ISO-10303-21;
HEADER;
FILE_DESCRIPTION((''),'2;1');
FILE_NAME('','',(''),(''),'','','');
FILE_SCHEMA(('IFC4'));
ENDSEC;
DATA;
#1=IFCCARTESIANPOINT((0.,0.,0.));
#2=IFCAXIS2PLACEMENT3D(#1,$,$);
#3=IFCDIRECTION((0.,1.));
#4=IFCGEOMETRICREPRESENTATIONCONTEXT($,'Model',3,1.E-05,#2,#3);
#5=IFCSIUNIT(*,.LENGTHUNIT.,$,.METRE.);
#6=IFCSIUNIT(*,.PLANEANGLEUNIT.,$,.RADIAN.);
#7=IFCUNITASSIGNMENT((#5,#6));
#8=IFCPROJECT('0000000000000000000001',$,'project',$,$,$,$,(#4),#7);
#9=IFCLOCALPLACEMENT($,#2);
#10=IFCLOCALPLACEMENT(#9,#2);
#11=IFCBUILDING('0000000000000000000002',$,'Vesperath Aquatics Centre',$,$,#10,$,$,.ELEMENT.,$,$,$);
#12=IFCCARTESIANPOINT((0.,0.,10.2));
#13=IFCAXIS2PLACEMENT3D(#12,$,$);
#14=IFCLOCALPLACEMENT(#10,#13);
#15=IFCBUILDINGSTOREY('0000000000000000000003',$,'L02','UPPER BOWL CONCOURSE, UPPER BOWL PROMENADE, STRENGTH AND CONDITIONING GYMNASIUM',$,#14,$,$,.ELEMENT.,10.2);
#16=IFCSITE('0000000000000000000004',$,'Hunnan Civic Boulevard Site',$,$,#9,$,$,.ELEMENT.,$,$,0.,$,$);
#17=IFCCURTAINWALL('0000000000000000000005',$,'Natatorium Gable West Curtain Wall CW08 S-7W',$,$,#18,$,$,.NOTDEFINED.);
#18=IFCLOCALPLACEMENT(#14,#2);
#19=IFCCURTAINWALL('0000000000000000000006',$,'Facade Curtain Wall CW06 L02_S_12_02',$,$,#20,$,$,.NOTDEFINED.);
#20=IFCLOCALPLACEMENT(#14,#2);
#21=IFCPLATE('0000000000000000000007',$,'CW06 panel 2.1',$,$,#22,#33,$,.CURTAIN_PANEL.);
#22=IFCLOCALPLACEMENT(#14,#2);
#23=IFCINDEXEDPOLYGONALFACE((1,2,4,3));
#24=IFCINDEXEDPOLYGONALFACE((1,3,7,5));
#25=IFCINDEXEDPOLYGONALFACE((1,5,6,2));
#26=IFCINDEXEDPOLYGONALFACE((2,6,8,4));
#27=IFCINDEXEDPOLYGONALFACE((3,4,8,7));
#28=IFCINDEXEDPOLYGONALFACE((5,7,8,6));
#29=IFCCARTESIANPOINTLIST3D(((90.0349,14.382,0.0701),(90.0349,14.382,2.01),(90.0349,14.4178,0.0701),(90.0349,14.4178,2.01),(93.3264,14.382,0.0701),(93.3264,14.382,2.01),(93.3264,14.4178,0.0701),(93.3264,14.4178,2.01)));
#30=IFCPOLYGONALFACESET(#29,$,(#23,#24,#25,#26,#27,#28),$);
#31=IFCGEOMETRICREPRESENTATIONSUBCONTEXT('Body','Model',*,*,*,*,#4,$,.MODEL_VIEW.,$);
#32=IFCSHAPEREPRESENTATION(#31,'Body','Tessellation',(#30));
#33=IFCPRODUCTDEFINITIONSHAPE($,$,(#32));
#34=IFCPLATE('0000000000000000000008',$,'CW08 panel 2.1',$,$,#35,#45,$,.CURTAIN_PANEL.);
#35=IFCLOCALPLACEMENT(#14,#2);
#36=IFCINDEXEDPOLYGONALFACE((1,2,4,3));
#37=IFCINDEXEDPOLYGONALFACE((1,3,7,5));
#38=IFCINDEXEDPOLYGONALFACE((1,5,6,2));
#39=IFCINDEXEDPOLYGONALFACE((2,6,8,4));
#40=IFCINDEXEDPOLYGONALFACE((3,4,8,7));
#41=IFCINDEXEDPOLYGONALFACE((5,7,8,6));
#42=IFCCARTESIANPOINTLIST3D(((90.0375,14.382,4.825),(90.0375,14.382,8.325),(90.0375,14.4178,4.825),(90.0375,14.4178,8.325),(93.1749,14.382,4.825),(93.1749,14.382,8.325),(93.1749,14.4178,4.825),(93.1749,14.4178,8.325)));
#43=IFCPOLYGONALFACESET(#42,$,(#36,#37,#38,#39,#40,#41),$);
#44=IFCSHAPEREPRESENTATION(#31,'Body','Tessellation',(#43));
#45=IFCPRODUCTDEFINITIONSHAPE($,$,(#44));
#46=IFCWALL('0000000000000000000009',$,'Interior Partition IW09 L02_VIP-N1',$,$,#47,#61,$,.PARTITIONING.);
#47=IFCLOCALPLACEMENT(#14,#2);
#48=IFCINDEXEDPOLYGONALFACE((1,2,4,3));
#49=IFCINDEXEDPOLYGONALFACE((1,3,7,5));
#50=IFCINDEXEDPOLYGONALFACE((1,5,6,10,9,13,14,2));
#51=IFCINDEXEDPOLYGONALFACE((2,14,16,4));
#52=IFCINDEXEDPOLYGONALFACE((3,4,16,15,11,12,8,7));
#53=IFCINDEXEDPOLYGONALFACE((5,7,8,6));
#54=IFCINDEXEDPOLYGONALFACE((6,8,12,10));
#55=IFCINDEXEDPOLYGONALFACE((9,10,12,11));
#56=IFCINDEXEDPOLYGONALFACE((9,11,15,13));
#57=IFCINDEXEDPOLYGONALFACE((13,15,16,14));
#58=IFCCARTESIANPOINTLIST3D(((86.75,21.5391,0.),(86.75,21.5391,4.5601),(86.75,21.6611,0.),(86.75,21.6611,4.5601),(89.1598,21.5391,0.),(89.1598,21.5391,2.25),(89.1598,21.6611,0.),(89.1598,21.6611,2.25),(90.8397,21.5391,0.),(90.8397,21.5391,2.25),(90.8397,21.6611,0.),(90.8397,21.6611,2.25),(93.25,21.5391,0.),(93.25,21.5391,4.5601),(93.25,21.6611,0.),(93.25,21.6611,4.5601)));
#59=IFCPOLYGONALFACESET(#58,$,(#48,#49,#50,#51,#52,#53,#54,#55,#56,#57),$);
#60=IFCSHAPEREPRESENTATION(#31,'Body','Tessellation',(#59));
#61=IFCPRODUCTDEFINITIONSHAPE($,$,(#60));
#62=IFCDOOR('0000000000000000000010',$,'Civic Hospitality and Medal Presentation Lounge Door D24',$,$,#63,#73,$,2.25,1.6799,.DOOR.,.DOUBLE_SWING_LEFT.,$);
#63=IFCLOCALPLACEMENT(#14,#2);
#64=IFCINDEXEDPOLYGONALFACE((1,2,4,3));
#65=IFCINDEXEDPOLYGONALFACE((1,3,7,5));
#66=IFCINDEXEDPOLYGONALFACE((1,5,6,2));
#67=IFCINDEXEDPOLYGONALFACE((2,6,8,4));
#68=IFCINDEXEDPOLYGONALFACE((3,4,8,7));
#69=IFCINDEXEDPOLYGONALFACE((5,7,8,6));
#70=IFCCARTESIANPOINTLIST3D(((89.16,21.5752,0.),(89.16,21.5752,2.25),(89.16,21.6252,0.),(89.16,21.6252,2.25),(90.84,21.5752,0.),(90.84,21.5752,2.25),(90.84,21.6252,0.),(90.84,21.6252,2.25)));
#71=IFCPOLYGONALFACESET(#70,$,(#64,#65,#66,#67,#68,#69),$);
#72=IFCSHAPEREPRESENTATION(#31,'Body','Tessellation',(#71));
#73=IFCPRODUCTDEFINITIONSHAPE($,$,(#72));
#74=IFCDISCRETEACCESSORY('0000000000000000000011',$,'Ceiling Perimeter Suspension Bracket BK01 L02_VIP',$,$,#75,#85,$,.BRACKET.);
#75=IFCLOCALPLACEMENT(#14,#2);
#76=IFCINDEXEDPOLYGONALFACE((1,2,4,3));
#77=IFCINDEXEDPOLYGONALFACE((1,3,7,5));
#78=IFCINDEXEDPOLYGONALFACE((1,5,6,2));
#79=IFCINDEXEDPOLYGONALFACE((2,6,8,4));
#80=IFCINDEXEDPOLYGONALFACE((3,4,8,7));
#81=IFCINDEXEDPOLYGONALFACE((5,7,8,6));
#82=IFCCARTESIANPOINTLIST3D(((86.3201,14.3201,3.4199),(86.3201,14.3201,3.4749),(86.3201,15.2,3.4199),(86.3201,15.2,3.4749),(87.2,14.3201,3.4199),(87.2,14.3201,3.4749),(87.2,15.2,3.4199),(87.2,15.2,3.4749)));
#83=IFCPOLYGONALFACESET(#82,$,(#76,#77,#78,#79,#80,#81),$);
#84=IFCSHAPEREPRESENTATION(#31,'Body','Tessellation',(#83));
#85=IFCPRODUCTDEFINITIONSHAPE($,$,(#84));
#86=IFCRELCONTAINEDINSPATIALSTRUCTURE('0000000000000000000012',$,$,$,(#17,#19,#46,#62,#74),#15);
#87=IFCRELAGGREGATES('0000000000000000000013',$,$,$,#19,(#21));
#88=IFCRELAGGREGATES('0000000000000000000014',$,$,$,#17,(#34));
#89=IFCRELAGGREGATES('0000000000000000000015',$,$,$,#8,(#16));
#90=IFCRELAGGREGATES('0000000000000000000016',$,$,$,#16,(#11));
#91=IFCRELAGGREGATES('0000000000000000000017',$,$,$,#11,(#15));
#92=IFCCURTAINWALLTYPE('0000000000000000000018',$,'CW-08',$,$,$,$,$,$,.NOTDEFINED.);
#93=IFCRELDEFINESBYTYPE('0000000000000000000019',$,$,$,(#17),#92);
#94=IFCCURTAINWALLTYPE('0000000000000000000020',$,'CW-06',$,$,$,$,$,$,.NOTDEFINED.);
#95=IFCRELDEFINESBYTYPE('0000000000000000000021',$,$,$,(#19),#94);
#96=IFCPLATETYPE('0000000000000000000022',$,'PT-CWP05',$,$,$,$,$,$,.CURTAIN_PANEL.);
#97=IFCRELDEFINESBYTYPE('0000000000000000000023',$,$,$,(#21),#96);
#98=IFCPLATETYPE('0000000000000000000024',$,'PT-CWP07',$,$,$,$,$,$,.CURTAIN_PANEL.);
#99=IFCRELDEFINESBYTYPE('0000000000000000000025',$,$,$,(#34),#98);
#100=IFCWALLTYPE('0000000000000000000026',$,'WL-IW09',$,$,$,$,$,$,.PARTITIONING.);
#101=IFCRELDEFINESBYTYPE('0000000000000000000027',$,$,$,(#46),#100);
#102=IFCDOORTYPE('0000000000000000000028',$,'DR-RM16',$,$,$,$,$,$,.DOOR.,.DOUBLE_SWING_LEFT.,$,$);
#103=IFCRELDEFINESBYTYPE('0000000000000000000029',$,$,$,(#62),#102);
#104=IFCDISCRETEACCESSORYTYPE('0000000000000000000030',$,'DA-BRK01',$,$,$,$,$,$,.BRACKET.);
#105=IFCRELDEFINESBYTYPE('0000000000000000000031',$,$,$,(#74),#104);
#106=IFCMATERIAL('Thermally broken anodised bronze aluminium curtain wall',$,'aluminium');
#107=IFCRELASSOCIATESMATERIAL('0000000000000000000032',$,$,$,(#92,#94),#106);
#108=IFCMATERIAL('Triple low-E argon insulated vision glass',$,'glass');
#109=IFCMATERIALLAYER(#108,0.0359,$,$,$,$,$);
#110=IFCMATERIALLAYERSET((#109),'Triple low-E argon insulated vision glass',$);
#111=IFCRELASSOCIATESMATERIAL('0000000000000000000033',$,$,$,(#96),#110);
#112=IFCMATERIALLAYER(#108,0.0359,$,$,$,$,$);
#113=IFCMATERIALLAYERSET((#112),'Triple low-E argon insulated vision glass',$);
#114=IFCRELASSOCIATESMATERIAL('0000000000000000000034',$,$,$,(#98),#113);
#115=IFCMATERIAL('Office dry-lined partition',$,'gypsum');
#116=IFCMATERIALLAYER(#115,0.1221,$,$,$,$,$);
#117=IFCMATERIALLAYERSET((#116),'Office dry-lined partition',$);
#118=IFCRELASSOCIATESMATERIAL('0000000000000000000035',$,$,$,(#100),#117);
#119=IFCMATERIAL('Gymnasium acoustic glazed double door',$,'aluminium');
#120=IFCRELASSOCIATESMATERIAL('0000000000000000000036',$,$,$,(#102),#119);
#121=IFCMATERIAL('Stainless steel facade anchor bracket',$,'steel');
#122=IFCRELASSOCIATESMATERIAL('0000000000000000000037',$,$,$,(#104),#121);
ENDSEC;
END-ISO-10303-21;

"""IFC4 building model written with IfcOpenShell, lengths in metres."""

from ifc_helpers import new_model, si_unit, direction, frame, frame_2d, origin, origin_2d, place, context, subcontext, project, spatial, rectangle, extrude, material, layer, layer_set, type_object, element, fill, aggregate, save


model = new_model("IFC4")

# Units and contexts
model_context = context("Model", 3, precision=1e-05, world=origin(), true_north=direction((0.0, 1.0)))
body_context = subcontext(model_context, "Body", "Model", "MODEL_VIEW")
ifc_project = project(units=[si_unit("LENGTHUNIT", "METRE"), si_unit("PLANEANGLEUNIT", "RADIAN")], contexts=[model_context])

# Site, building, storey
site_placement = place(None, origin())
site = spatial("IfcSite", under=ifc_project, at=site_placement, Name="Hunnan Civic Boulevard Site", CompositionType="ELEMENT", RefElevation=0.0)
building_placement = place(site_placement, origin())
building = spatial("IfcBuilding", under=site, at=building_placement, Name="Vesperath Aquatics Centre", CompositionType="ELEMENT")
storey_placement = place(building_placement, frame((0.0, 0.0, 10.2)))
storey = spatial("IfcBuildingStorey", under=building, at=storey_placement, Name="L02", Description="UPPER BOWL CONCOURSE, UPPER BOWL PROMENADE, STRENGTH AND CONDITIONING GYMNASIUM", CompositionType="ELEMENT", Elevation=10.2)

# Curtain walls
ifc_material_1 = material(Name="Thermally broken anodised bronze aluminium curtain wall", Category="aluminium")
curtain_wall_type_1 = type_object("IfcCurtainWallType", Name="CW-08", PredefinedType="NOTDEFINED", material=ifc_material_1)
curtain_wall_1_placement = place(storey_placement, origin())
curtain_wall_1 = element("IfcCurtainWall", 1, at=curtain_wall_1_placement, inside=storey, type_object=curtain_wall_type_1, Name="Natatorium Gable West Curtain Wall CW08 S-7W", PredefinedType="NOTDEFINED")
curtain_wall_type_2 = type_object("IfcCurtainWallType", Name="CW-06", PredefinedType="NOTDEFINED", material=ifc_material_1)
curtain_wall_2_placement = place(storey_placement, origin())
curtain_wall_2 = element("IfcCurtainWall", 2, at=curtain_wall_2_placement, inside=storey, type_object=curtain_wall_type_2, Name="Facade Curtain Wall CW06 L02_S_12_02", PredefinedType="NOTDEFINED")

# Plates
ifc_material_2 = material(Name="Triple low-E argon insulated vision glass", Category="glass")
ifc_layer_1 = layer(ifc_material_2, 0.0359)
ifc_layer_set_1 = layer_set([ifc_layer_1], Name="Triple low-E argon insulated vision glass")
plate_type_1 = type_object("IfcPlateType", Name="PT-CWP05", PredefinedType="CURTAIN_PANEL", material=ifc_layer_set_1)
plate_1_placement = place(storey_placement, frame((91.6807, 14.3999, 0.0701), z_axis=(0.0, 0.0, 1.0), x_axis=(1.0, 0.0, 0.0)))
plate_1 = element("IfcPlate", 3, at=plate_1_placement, type_object=plate_type_1, Name="CW06 panel 2.1", PredefinedType="CURTAIN_PANEL", context=body_context, shape_type="SweptSolid", body=[
    extrude(rectangle(XDim=3.2915, YDim=0.0359, at=origin_2d()), origin(), (0.0, 0.0, 1.0), 1.9399),
])
aggregate(curtain_wall_2, [plate_1])
ifc_layer_2 = layer(ifc_material_2, 0.0359)
ifc_layer_set_2 = layer_set([ifc_layer_2], Name="Triple low-E argon insulated vision glass")
plate_type_2 = type_object("IfcPlateType", Name="PT-CWP07", PredefinedType="CURTAIN_PANEL", material=ifc_layer_set_2)
plate_2_placement = place(storey_placement, frame((91.6062, 14.3999, 4.825), z_axis=(0.0, 0.0, 1.0), x_axis=(1.0, 0.0, 0.0)))
plate_2 = element("IfcPlate", 4, at=plate_2_placement, type_object=plate_type_2, Name="CW08 panel 2.1", PredefinedType="CURTAIN_PANEL", context=body_context, shape_type="SweptSolid", body=[
    extrude(rectangle(XDim=3.1375, YDim=0.0359, at=origin_2d()), origin(), (0.0, 0.0, 1.0), 3.5),
])
aggregate(curtain_wall_1, [plate_2])

# Wall, opening, door
ifc_material_3 = material(Name="Office dry-lined partition", Category="gypsum")
ifc_layer_3 = layer(ifc_material_3, 0.1221)
ifc_layer_set_3 = layer_set([ifc_layer_3], Name="Office dry-lined partition")
wall_type = type_object("IfcWallType", Name="WL-IW09", PredefinedType="PARTITIONING", material=ifc_layer_set_3)
wall_placement = place(storey_placement, frame((86.75, 21.6001, 0.0), z_axis=(0.0, 0.0, 1.0), x_axis=(1.0, 0.0, 0.0)))
wall = element("IfcWall", 5, at=wall_placement, inside=storey, type_object=wall_type, Name="Interior Partition IW09 L02_VIP-N1", PredefinedType="PARTITIONING", context=body_context, shape_type="SweptSolid", body=[
    extrude(rectangle(XDim=6.5, YDim=0.1221, at=frame_2d((3.25, 0.0))), origin(), (0.0, 0.0, 1.0), 4.5601),
])
opening_placement = place(wall_placement, frame((2.4099, 0.0, 0.0)))
opening = element("IfcOpeningElement", 6, at=opening_placement, cuts=wall, PredefinedType="OPENING", context=body_context, shape_type="SweptSolid", body=[
    extrude(rectangle(XDim=1.6799, YDim=2.25, at=frame_2d((0.8398, 1.125))), frame((0.0, 0.0759, 0.0), z_axis=(0.0, -1.0, 0.0), x_axis=(1.0, 0.0, 0.0)), (0.0, 0.0, 1.0), 0.1519),
])
ifc_material_4 = material(Name="Gymnasium acoustic glazed double door", Category="aluminium")
door_type = type_object("IfcDoorType", Name="DR-RM16", OperationType="DOUBLE_SWING_LEFT", PredefinedType="DOOR", material=ifc_material_4)
door_placement = place(opening_placement, frame((1.6799, 0.0, 0.0), z_axis=(0.0, 0.0, 1.0), x_axis=(-1.0, 0.0, 0.0)))
door = element("IfcDoor", 7, at=door_placement, inside=storey, type_object=door_type, Name="Civic Hospitality and Medal Presentation Lounge Door D24", OperationType="DOUBLE_SWING_LEFT", OverallHeight=2.25, OverallWidth=1.6799, PredefinedType="DOOR", context=body_context, shape_type="SweptSolid", body=[
    extrude(rectangle(XDim=1.6799, YDim=2.25, at=frame_2d((0.8398, 1.125))), frame((0.0, 0.0249, 0.0), z_axis=(0.0, -1.0, 0.0), x_axis=(1.0, 0.0, 0.0)), (0.0, 0.0, 1.0), 0.05),
])
fill(opening, door)

# Discrete accessory
ifc_material_5 = material(Name="Stainless steel facade anchor bracket", Category="steel")
discrete_accessory_type = type_object("IfcDiscreteAccessoryType", Name="DA-BRK01", PredefinedType="BRACKET", material=ifc_material_5)
discrete_accessory_placement = place(storey_placement, frame((86.76, 14.76, 3.4199), z_axis=(0.0, 0.0, 1.0), x_axis=(1.0, 0.0, 0.0)))
element("IfcDiscreteAccessory", 8, at=discrete_accessory_placement, inside=storey, type_object=discrete_accessory_type, Name="Ceiling Perimeter Suspension Bracket BK01 L02_VIP", PredefinedType="BRACKET", context=body_context, shape_type="SweptSolid", body=[
    extrude(rectangle(XDim=0.8799, YDim=0.8799, at=origin_2d()), origin(), (0.0, 0.0, 1.0), 0.0549),
])

save(model, "model.ifc")
